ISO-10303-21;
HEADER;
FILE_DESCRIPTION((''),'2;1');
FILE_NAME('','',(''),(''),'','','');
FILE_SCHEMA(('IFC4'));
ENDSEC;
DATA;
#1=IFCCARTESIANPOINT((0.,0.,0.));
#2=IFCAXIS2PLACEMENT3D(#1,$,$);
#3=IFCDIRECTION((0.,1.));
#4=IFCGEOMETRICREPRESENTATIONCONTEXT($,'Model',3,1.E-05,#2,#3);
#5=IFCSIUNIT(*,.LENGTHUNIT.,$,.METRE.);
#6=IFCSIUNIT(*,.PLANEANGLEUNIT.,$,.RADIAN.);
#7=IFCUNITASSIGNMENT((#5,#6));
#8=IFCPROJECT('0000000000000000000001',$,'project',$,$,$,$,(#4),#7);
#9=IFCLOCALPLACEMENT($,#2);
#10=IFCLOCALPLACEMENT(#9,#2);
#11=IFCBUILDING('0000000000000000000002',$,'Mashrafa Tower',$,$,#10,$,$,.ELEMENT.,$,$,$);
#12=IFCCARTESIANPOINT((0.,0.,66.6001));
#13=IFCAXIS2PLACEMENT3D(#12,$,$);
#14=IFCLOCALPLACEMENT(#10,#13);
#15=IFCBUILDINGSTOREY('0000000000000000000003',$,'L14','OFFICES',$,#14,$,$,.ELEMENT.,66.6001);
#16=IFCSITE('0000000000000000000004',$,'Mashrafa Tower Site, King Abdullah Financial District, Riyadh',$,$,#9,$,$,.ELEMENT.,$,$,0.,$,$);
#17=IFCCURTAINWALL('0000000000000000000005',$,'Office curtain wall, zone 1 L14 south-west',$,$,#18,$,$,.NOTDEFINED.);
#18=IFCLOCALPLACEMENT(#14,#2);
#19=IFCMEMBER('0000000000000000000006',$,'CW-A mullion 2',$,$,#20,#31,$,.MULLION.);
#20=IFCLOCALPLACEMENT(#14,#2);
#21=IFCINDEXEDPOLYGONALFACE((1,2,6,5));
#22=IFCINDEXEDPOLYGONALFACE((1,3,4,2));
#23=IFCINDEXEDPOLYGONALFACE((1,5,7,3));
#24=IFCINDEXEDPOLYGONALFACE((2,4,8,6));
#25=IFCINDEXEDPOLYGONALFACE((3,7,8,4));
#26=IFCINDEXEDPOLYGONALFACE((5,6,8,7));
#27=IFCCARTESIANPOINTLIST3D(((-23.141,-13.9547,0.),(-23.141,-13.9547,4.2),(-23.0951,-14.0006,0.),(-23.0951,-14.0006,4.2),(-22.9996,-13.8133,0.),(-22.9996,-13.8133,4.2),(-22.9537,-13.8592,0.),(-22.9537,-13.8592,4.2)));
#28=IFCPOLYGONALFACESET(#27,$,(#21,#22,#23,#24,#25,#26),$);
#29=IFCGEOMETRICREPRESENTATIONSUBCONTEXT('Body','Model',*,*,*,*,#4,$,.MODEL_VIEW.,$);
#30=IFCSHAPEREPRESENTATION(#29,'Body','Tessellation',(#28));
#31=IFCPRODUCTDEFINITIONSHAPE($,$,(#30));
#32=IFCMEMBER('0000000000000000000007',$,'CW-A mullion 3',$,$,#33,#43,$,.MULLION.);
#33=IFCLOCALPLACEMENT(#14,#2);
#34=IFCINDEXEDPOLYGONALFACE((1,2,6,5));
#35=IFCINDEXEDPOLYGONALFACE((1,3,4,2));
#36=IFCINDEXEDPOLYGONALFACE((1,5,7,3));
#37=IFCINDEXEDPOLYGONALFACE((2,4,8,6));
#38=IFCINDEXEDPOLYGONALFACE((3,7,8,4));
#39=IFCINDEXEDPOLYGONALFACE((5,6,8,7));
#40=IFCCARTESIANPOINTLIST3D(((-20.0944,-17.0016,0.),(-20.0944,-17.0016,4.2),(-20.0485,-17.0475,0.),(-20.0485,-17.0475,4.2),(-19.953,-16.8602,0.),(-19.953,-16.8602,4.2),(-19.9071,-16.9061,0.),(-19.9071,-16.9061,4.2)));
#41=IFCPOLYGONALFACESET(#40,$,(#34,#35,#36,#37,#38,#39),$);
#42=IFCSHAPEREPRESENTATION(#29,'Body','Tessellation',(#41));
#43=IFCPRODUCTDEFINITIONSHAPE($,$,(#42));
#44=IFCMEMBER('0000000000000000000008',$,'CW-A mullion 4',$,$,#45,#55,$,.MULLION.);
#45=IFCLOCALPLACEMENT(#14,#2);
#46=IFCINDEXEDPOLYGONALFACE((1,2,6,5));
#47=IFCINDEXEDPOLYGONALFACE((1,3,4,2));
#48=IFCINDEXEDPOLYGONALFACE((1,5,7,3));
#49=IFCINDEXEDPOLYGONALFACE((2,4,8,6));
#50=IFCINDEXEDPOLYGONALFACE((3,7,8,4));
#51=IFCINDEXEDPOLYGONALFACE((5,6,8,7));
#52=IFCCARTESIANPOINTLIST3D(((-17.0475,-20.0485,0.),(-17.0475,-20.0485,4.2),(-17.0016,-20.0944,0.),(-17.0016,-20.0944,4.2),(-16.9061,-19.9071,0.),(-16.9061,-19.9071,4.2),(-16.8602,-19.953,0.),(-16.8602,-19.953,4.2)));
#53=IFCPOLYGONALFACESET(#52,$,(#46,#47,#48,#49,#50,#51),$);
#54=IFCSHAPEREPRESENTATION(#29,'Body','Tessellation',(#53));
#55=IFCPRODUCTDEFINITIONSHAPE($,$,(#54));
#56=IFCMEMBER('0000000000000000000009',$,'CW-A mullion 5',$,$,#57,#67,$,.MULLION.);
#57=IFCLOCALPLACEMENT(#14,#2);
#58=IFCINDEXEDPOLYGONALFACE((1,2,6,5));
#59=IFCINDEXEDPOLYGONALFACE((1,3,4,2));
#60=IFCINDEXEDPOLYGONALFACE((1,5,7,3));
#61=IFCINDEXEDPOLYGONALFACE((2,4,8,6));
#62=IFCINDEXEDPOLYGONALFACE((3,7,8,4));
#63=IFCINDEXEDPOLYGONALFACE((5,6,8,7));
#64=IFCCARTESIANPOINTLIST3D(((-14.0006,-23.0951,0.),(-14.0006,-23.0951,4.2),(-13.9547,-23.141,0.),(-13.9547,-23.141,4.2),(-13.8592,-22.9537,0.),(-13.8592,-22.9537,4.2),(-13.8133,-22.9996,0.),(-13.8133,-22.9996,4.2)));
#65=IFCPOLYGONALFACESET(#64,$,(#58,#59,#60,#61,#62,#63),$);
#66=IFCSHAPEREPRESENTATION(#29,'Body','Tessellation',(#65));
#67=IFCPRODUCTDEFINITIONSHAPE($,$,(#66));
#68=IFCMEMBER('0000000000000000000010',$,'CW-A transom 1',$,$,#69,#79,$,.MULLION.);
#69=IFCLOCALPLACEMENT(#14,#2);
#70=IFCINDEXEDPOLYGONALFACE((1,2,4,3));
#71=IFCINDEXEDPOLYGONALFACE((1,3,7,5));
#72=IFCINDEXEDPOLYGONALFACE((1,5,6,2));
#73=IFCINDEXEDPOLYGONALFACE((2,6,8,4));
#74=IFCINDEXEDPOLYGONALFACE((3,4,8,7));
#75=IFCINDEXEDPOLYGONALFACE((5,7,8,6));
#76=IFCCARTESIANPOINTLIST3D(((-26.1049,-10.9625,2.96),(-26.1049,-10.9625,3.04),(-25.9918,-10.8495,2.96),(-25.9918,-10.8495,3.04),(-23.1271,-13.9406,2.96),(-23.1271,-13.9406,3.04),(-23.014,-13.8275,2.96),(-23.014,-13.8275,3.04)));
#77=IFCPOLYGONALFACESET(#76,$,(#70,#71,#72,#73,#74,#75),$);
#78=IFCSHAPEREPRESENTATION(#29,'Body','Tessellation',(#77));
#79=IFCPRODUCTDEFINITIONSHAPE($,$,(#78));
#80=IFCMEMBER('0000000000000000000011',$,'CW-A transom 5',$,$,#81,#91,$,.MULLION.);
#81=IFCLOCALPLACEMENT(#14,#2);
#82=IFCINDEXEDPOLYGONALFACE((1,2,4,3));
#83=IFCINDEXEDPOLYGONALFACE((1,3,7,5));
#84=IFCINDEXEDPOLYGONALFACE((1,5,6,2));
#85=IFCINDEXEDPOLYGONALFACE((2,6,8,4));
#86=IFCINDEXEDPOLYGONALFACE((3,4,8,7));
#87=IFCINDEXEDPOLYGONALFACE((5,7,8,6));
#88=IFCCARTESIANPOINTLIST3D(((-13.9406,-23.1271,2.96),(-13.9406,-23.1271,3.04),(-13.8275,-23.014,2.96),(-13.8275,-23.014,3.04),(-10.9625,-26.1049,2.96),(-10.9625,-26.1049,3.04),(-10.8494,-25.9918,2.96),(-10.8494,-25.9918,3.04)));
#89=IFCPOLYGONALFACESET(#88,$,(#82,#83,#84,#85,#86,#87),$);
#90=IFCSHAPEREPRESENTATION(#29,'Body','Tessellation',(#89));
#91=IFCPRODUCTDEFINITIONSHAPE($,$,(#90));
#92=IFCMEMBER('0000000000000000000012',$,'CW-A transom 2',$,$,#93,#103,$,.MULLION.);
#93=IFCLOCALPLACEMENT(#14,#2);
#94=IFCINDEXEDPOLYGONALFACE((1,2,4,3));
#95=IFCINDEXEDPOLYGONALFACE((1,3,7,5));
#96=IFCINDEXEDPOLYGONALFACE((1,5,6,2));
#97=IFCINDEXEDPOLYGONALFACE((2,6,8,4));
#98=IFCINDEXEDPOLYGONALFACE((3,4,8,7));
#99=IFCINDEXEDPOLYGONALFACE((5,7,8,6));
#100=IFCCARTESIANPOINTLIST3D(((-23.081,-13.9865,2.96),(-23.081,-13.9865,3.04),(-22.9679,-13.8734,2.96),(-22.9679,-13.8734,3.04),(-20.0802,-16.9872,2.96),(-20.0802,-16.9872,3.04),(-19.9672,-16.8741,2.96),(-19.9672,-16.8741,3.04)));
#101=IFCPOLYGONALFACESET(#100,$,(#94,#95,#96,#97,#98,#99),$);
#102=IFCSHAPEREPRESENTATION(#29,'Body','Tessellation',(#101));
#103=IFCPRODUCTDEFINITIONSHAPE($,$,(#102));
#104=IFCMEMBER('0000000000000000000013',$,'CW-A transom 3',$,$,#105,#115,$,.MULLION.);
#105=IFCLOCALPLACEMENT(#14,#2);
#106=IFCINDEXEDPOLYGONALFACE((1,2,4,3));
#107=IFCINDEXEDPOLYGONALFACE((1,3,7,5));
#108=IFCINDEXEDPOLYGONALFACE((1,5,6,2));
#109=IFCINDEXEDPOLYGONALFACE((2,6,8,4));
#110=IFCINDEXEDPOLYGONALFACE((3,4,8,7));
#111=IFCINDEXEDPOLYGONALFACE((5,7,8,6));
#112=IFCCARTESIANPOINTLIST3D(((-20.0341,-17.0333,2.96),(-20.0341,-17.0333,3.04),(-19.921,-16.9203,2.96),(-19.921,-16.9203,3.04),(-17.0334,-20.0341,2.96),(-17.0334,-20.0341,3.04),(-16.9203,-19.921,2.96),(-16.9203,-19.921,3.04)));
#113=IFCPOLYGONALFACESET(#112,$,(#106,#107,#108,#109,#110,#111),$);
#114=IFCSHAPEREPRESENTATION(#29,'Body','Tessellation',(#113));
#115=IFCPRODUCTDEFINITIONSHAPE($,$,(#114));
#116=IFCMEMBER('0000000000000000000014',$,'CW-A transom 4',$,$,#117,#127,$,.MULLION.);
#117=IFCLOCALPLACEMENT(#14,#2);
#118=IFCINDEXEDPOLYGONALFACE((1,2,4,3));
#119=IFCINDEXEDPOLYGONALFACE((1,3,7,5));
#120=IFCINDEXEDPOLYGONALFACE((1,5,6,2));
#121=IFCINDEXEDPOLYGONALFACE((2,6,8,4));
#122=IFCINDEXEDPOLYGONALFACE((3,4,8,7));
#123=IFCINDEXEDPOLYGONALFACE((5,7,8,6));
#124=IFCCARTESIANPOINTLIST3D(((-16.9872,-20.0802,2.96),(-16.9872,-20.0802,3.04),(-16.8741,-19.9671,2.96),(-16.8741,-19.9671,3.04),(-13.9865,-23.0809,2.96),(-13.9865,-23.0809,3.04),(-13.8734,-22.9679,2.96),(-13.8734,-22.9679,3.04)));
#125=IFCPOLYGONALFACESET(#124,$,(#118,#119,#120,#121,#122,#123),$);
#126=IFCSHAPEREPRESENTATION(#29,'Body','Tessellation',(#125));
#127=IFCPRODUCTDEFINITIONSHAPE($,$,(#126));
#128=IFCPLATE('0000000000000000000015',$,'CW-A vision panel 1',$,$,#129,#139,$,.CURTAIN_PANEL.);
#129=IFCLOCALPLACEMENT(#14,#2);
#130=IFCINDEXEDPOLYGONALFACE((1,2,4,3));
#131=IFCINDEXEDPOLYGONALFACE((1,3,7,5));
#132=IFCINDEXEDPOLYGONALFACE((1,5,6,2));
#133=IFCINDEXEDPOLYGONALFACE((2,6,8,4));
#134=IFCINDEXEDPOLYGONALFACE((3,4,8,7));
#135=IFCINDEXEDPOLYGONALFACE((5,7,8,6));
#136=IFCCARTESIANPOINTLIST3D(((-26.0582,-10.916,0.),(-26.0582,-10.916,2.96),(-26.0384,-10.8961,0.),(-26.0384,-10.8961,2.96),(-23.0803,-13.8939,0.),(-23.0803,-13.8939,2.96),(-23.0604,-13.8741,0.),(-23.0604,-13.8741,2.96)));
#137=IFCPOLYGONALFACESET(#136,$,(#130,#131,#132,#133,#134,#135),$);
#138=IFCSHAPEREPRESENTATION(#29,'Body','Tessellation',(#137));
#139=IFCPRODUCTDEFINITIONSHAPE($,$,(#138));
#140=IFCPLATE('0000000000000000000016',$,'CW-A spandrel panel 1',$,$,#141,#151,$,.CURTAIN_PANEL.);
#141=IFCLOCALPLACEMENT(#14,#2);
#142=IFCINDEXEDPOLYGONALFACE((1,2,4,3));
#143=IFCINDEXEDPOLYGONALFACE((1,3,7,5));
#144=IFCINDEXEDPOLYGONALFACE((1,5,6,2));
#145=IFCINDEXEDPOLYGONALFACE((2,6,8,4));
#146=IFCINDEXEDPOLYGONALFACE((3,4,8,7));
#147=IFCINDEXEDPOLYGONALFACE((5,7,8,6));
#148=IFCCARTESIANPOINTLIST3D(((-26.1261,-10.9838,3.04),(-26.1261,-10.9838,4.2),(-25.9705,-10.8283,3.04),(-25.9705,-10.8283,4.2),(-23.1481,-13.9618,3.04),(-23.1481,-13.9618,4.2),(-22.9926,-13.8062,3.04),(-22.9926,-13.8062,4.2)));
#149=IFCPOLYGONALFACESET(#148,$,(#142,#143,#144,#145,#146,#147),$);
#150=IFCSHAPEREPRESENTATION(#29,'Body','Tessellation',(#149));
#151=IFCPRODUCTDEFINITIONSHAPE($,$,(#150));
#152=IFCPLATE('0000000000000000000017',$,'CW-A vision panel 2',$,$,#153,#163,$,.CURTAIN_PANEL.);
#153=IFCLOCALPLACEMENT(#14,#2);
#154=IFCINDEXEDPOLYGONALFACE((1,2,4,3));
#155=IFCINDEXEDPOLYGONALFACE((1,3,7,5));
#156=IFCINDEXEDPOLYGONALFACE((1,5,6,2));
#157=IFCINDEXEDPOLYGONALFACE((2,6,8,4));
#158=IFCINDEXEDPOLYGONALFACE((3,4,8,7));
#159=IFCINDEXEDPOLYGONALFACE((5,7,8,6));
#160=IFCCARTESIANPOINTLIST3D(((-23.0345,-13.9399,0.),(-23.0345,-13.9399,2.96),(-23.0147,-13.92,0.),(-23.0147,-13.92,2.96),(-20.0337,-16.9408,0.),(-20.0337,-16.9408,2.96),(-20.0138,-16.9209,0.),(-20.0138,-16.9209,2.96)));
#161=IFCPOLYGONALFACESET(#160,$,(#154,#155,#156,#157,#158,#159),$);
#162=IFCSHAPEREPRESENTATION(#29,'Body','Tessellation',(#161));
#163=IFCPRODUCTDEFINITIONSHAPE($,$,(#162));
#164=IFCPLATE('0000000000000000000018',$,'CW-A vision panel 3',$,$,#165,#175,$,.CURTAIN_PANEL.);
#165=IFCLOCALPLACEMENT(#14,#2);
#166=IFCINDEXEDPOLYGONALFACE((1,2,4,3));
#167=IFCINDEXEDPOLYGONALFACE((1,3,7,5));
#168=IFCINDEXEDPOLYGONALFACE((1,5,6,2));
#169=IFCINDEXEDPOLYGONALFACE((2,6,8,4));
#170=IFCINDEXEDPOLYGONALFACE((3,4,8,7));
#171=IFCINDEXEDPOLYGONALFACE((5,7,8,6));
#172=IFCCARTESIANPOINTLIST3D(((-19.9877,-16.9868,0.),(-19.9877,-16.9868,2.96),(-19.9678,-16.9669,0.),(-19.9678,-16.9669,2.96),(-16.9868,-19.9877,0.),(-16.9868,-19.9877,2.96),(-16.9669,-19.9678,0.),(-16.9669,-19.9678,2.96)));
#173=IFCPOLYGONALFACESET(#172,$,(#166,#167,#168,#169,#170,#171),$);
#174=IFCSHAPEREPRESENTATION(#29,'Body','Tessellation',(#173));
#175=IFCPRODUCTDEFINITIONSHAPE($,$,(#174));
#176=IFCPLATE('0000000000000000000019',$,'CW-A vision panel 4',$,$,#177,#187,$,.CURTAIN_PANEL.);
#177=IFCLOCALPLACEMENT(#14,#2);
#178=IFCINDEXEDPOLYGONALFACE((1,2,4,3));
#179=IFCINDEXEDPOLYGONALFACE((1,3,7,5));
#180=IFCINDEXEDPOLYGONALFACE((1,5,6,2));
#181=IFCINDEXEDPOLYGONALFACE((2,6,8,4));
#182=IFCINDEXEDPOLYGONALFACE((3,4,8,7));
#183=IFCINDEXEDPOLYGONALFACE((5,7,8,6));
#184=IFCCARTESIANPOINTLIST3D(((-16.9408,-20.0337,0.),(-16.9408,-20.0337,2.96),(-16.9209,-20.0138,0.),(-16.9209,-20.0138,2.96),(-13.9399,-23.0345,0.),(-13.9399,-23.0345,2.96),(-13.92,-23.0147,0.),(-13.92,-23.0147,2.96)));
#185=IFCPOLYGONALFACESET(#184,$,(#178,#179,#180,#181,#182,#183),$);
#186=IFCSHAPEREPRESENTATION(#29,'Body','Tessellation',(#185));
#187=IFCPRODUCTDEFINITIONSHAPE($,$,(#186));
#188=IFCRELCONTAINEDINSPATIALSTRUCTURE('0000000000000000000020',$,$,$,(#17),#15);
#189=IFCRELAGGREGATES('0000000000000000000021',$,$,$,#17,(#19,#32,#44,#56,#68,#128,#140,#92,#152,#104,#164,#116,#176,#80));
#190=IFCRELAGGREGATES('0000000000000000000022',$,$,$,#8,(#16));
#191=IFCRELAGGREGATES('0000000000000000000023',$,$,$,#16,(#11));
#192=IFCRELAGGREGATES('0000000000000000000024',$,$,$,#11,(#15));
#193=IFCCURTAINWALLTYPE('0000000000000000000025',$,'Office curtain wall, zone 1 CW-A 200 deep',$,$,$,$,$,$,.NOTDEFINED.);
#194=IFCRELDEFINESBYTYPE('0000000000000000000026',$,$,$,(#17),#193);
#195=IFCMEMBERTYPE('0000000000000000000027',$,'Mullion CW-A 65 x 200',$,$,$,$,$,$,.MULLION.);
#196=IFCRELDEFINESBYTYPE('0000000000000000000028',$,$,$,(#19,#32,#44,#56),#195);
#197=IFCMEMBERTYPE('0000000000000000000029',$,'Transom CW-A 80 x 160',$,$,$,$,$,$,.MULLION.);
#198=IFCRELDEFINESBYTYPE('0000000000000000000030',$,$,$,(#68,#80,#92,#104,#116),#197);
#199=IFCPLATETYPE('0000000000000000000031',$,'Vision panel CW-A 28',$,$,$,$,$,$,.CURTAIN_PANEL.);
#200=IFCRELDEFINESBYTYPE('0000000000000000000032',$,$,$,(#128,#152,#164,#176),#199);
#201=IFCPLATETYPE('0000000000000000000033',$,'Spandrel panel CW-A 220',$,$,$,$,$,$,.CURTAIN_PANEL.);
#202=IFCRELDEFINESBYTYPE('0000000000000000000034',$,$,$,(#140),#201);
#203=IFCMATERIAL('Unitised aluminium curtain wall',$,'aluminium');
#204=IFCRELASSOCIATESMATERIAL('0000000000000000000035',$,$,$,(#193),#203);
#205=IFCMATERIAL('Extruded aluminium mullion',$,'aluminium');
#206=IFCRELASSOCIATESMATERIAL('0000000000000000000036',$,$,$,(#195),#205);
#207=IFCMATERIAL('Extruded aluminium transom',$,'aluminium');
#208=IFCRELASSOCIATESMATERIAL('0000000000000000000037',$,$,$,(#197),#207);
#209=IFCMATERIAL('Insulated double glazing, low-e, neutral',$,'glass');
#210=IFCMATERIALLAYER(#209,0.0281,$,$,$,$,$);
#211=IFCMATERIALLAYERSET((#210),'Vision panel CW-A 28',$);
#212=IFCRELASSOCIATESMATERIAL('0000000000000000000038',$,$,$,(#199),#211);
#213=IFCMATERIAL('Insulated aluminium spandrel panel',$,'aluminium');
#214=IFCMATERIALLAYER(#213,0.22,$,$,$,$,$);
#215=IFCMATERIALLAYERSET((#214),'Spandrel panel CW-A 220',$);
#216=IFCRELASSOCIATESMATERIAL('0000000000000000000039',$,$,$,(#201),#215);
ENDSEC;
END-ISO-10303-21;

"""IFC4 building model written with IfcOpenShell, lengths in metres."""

from ifc_helpers import new_model, si_unit, direction, frame, origin, origin_2d, place, context, subcontext, project, spatial, rectangle, extrude, source, transform, mapped, material, layer, layer_set, material_profile, profile_set, type_object, type_shapes, element, aggregate, save


model = new_model("IFC4")

# Units and contexts
model_context = context("Model", 3, precision=1e-05, world=origin(), true_north=direction((0.0, 1.0)))
body_context = subcontext(model_context, "Body", "Model", "MODEL_VIEW")
ifc_project = project(units=[si_unit("LENGTHUNIT", "METRE"), si_unit("PLANEANGLEUNIT", "RADIAN")], contexts=[model_context])

# Site, building, storey
site_placement = place(None, origin())
site = spatial("IfcSite", under=ifc_project, at=site_placement, Name="Mashrafa Tower Site, King Abdullah Financial District, Riyadh", CompositionType="ELEMENT", RefElevation=0.0)
building_placement = place(site_placement, origin())
building = spatial("IfcBuilding", under=site, at=building_placement, Name="Mashrafa Tower", CompositionType="ELEMENT")
storey_placement = place(building_placement, frame((0.0, 0.0, 66.6001)))
storey = spatial("IfcBuildingStorey", under=building, at=storey_placement, Name="L14", Description="OFFICES", CompositionType="ELEMENT", Elevation=66.6001)

# Shared definitions
ifc_material_1 = material(Name="Unitised aluminium curtain wall", Category="aluminium")
curtain_wall_type = type_object("IfcCurtainWallType", Name="Office curtain wall, zone 1 CW-A 200 deep", PredefinedType="NOTDEFINED", material=ifc_material_1)
ifc_material_2 = material(Name="Extruded aluminium mullion", Category="aluminium")
ifc_material_profile_1 = material_profile(ifc_material_2, rectangle(XDim=0.2, YDim=0.0649, at=origin_2d()), Name="Mullion 65x200")
ifc_profile_set_1 = profile_set([ifc_material_profile_1], Name="Extruded aluminium mullion")
member_type_1 = type_object("IfcMemberType", Name="Mullion CW-A 65 x 200", PredefinedType="MULLION", material=ifc_profile_set_1)
shared_shape_1 = source(origin(), body_context, "Body", "SweptSolid", [
    extrude(rectangle(XDim=0.2, YDim=0.0649, at=origin_2d()), origin(), (0.0, 0.0, 1.0), 4.2),
])
type_shapes(member_type_1, [shared_shape_1])

# Curtain wall, members, plates
curtain_wall_1_placement = place(storey_placement, origin())
curtain_wall_1 = element("IfcCurtainWall", 1, at=curtain_wall_1_placement, inside=storey, type_object=curtain_wall_type, Name="Office curtain wall, zone 1 L14 south-west", PredefinedType="NOTDEFINED")
member_1_placement = place(storey_placement, frame((-23.0474, -13.907, 0.0), z_axis=(0.0, 0.0, 1.0), x_axis=(0.707107, 0.707107, 0.0)))
member_1 = element("IfcMember", 2, at=member_1_placement, type_object=member_type_1, Name="CW-A mullion 2", PredefinedType="MULLION", context=body_context, shape_type="MappedRepresentation", body=[
    mapped(shared_shape_1, transform((0.0, 0.0, 0.0))),
])
member_2_placement = place(storey_placement, frame((-20.0007, -16.9539, 0.0), z_axis=(0.0, 0.0, 1.0), x_axis=(0.707107, 0.707107, 0.0)))
member_2 = element("IfcMember", 3, at=member_2_placement, type_object=member_type_1, Name="CW-A mullion 3", PredefinedType="MULLION", context=body_context, shape_type="MappedRepresentation", body=[
    mapped(shared_shape_1, transform((0.0, 0.0, 0.0))),
])
member_3_placement = place(storey_placement, frame((-16.9539, -20.0007, 0.0), z_axis=(0.0, 0.0, 1.0), x_axis=(0.707107, 0.707107, 0.0)))
member_3 = element("IfcMember", 4, at=member_3_placement, type_object=member_type_1, Name="CW-A mullion 4", PredefinedType="MULLION", context=body_context, shape_type="MappedRepresentation", body=[
    mapped(shared_shape_1, transform((0.0, 0.0, 0.0))),
])
member_4_placement = place(storey_placement, frame((-13.907, -23.0474, 0.0), z_axis=(0.0, 0.0, 1.0), x_axis=(0.707107, 0.707107, 0.0)))
member_4 = element("IfcMember", 5, at=member_4_placement, type_object=member_type_1, Name="CW-A mullion 5", PredefinedType="MULLION", context=body_context, shape_type="MappedRepresentation", body=[
    mapped(shared_shape_1, transform((0.0, 0.0, 0.0))),
])
ifc_material_3 = material(Name="Extruded aluminium transom", Category="aluminium")
ifc_material_profile_2 = material_profile(ifc_material_3, rectangle(XDim=0.1599, YDim=0.0801, at=origin_2d()), Name="Transom 80x160")
ifc_profile_set_2 = profile_set([ifc_material_profile_2], Name="Extruded aluminium transom")
member_type_2 = type_object("IfcMemberType", Name="Transom CW-A 80 x 160", PredefinedType="MULLION", material=ifc_profile_set_2)
shared_shape_2 = source(origin(), body_context, "Body", "SweptSolid", [
    extrude(rectangle(XDim=0.1599, YDim=0.0801, at=origin_2d()), origin(), (0.0, 0.0, 1.0), 4.2114),
])
member_5_placement = place(storey_placement, frame((-26.0483, -10.906, 3.0), z_axis=(0.707078, -0.707136, 0.0), x_axis=(0.707136, 0.707078, 0.0)))
member_5 = element("IfcMember", 6, at=member_5_placement, type_object=member_type_2, Name="CW-A transom 1", PredefinedType="MULLION", context=body_context, shape_type="MappedRepresentation", body=[
    mapped(shared_shape_2, transform((0.0, 0.0, 0.0))),
])
member_6_placement = place(storey_placement, frame((-13.884, -23.0706, 3.0), z_axis=(0.707136, -0.707078, 0.0), x_axis=(0.707078, 0.707136, 0.0)))
member_6 = element("IfcMember", 7, at=member_6_placement, type_object=member_type_2, Name="CW-A transom 5", PredefinedType="MULLION", context=body_context, shape_type="MappedRepresentation", body=[
    mapped(shared_shape_2, transform((0.0, 0.0, 0.0))),
])
shared_shape_3 = source(origin(), body_context, "Body", "SweptSolid", [
    extrude(rectangle(XDim=0.1599, YDim=0.0801, at=origin_2d()), origin(), (0.0, 0.0, 1.0), 4.2437),
])
type_shapes(member_type_2, [shared_shape_2, shared_shape_3])
member_7_placement = place(storey_placement, frame((-23.0244, -13.9299, 3.0), z_axis=(0.707107, -0.707107, 0.0), x_axis=(0.707107, 0.707107, 0.0)))
member_7 = element("IfcMember", 8, at=member_7_placement, type_object=member_type_2, Name="CW-A transom 2", PredefinedType="MULLION", context=body_context, shape_type="MappedRepresentation", body=[
    mapped(shared_shape_3, transform((0.0, 0.0, 0.0))),
])
member_8_placement = place(storey_placement, frame((-19.9775, -16.9768, 3.0), z_axis=(0.707107, -0.707107, 0.0), x_axis=(0.707107, 0.707107, 0.0)))
member_8 = element("IfcMember", 9, at=member_8_placement, type_object=member_type_2, Name="CW-A transom 3", PredefinedType="MULLION", context=body_context, shape_type="MappedRepresentation", body=[
    mapped(shared_shape_3, transform((0.0, 0.0, 0.0))),
])
member_9_placement = place(storey_placement, frame((-16.9307, -20.0237, 3.0), z_axis=(0.707107, -0.707107, 0.0), x_axis=(0.707107, 0.707107, 0.0)))
member_9 = element("IfcMember", 10, at=member_9_placement, type_object=member_type_2, Name="CW-A transom 4", PredefinedType="MULLION", context=body_context, shape_type="MappedRepresentation", body=[
    mapped(shared_shape_3, transform((0.0, 0.0, 0.0))),
])
ifc_material_4 = material(Name="Insulated double glazing, low-e, neutral", Category="glass")
ifc_layer_1 = layer(ifc_material_4, 0.0281)
ifc_layer_set_1 = layer_set([ifc_layer_1], Name="Vision panel CW-A 28")
plate_type_1 = type_object("IfcPlateType", Name="Vision panel CW-A 28", PredefinedType="CURTAIN_PANEL", material=ifc_layer_set_1)
shared_shape_4 = source(origin(), body_context, "Body", "SweptSolid", [
    extrude(rectangle(XDim=4.2114, YDim=0.0281, at=origin_2d()), origin(), (0.0, 0.0, 1.0), 2.96),
])
plate_1_placement = place(storey_placement, frame((-24.5593, -12.395, 0.0), z_axis=(0.0, 0.0, 1.0), x_axis=(0.707107, -0.707107, 0.0)))
plate_1 = element("IfcPlate", 11, at=plate_1_placement, type_object=plate_type_1, Name="CW-A vision panel 1", PredefinedType="CURTAIN_PANEL", context=body_context, shape_type="MappedRepresentation", body=[
    mapped(shared_shape_4, transform((0.0, 0.0, 0.0))),
])
ifc_material_5 = material(Name="Insulated aluminium spandrel panel", Category="aluminium")
ifc_layer_2 = layer(ifc_material_5, 0.22)
ifc_layer_set_2 = layer_set([ifc_layer_2], Name="Spandrel panel CW-A 220")
plate_type_2 = type_object("IfcPlateType", Name="Spandrel panel CW-A 220", PredefinedType="CURTAIN_PANEL", material=ifc_layer_set_2)
shared_shape_5 = source(origin(), body_context, "Body", "SweptSolid", [
    extrude(rectangle(XDim=4.2114, YDim=0.22, at=origin_2d()), origin(), (0.0, 0.0, 1.0), 1.1599),
])
plate_2_placement = place(storey_placement, frame((-24.5593, -12.395, 3.04), z_axis=(0.0, 0.0, 1.0), x_axis=(0.707107, -0.707107, 0.0)))
plate_2 = element("IfcPlate", 12, at=plate_2_placement, type_object=plate_type_2, Name="CW-A spandrel panel 1", PredefinedType="CURTAIN_PANEL", context=body_context, shape_type="MappedRepresentation", body=[
    mapped(shared_shape_5, transform((0.0, 0.0, 0.0))),
])
shared_shape_6 = source(origin(), body_context, "Body", "SweptSolid", [
    extrude(rectangle(XDim=4.2439, YDim=0.0281, at=origin_2d()), origin(), (0.0, 0.0, 1.0), 2.96),
])
type_shapes(plate_type_1, [shared_shape_4, shared_shape_6])
plate_3_placement = place(storey_placement, frame((-21.5242, -15.4304, 0.0), z_axis=(0.0, 0.0, 1.0), x_axis=(0.707107, -0.707107, 0.0)))
plate_3 = element("IfcPlate", 13, at=plate_3_placement, type_object=plate_type_1, Name="CW-A vision panel 2", PredefinedType="CURTAIN_PANEL", context=body_context, shape_type="MappedRepresentation", body=[
    mapped(shared_shape_6, transform((0.0, 0.0, 0.0))),
])
plate_4_placement = place(storey_placement, frame((-18.4773, -18.4773, 0.0), z_axis=(0.0, 0.0, 1.0), x_axis=(0.707107, -0.707107, 0.0)))
plate_4 = element("IfcPlate", 14, at=plate_4_placement, type_object=plate_type_1, Name="CW-A vision panel 3", PredefinedType="CURTAIN_PANEL", context=body_context, shape_type="MappedRepresentation", body=[
    mapped(shared_shape_6, transform((0.0, 0.0, 0.0))),
])
plate_5_placement = place(storey_placement, frame((-15.4304, -21.5242, 0.0), z_axis=(0.0, 0.0, 1.0), x_axis=(0.707107, -0.707107, 0.0)))
plate_5 = element("IfcPlate", 15, at=plate_5_placement, type_object=plate_type_1, Name="CW-A vision panel 4", PredefinedType="CURTAIN_PANEL", context=body_context, shape_type="MappedRepresentation", body=[
    mapped(shared_shape_6, transform((0.0, 0.0, 0.0))),
])
aggregate(curtain_wall_1, [member_1, member_2, member_3, member_4, member_5, plate_1, plate_2, member_7, plate_3, member_8, plate_4, member_9, plate_5, member_6])

save(model, "model.ifc")
